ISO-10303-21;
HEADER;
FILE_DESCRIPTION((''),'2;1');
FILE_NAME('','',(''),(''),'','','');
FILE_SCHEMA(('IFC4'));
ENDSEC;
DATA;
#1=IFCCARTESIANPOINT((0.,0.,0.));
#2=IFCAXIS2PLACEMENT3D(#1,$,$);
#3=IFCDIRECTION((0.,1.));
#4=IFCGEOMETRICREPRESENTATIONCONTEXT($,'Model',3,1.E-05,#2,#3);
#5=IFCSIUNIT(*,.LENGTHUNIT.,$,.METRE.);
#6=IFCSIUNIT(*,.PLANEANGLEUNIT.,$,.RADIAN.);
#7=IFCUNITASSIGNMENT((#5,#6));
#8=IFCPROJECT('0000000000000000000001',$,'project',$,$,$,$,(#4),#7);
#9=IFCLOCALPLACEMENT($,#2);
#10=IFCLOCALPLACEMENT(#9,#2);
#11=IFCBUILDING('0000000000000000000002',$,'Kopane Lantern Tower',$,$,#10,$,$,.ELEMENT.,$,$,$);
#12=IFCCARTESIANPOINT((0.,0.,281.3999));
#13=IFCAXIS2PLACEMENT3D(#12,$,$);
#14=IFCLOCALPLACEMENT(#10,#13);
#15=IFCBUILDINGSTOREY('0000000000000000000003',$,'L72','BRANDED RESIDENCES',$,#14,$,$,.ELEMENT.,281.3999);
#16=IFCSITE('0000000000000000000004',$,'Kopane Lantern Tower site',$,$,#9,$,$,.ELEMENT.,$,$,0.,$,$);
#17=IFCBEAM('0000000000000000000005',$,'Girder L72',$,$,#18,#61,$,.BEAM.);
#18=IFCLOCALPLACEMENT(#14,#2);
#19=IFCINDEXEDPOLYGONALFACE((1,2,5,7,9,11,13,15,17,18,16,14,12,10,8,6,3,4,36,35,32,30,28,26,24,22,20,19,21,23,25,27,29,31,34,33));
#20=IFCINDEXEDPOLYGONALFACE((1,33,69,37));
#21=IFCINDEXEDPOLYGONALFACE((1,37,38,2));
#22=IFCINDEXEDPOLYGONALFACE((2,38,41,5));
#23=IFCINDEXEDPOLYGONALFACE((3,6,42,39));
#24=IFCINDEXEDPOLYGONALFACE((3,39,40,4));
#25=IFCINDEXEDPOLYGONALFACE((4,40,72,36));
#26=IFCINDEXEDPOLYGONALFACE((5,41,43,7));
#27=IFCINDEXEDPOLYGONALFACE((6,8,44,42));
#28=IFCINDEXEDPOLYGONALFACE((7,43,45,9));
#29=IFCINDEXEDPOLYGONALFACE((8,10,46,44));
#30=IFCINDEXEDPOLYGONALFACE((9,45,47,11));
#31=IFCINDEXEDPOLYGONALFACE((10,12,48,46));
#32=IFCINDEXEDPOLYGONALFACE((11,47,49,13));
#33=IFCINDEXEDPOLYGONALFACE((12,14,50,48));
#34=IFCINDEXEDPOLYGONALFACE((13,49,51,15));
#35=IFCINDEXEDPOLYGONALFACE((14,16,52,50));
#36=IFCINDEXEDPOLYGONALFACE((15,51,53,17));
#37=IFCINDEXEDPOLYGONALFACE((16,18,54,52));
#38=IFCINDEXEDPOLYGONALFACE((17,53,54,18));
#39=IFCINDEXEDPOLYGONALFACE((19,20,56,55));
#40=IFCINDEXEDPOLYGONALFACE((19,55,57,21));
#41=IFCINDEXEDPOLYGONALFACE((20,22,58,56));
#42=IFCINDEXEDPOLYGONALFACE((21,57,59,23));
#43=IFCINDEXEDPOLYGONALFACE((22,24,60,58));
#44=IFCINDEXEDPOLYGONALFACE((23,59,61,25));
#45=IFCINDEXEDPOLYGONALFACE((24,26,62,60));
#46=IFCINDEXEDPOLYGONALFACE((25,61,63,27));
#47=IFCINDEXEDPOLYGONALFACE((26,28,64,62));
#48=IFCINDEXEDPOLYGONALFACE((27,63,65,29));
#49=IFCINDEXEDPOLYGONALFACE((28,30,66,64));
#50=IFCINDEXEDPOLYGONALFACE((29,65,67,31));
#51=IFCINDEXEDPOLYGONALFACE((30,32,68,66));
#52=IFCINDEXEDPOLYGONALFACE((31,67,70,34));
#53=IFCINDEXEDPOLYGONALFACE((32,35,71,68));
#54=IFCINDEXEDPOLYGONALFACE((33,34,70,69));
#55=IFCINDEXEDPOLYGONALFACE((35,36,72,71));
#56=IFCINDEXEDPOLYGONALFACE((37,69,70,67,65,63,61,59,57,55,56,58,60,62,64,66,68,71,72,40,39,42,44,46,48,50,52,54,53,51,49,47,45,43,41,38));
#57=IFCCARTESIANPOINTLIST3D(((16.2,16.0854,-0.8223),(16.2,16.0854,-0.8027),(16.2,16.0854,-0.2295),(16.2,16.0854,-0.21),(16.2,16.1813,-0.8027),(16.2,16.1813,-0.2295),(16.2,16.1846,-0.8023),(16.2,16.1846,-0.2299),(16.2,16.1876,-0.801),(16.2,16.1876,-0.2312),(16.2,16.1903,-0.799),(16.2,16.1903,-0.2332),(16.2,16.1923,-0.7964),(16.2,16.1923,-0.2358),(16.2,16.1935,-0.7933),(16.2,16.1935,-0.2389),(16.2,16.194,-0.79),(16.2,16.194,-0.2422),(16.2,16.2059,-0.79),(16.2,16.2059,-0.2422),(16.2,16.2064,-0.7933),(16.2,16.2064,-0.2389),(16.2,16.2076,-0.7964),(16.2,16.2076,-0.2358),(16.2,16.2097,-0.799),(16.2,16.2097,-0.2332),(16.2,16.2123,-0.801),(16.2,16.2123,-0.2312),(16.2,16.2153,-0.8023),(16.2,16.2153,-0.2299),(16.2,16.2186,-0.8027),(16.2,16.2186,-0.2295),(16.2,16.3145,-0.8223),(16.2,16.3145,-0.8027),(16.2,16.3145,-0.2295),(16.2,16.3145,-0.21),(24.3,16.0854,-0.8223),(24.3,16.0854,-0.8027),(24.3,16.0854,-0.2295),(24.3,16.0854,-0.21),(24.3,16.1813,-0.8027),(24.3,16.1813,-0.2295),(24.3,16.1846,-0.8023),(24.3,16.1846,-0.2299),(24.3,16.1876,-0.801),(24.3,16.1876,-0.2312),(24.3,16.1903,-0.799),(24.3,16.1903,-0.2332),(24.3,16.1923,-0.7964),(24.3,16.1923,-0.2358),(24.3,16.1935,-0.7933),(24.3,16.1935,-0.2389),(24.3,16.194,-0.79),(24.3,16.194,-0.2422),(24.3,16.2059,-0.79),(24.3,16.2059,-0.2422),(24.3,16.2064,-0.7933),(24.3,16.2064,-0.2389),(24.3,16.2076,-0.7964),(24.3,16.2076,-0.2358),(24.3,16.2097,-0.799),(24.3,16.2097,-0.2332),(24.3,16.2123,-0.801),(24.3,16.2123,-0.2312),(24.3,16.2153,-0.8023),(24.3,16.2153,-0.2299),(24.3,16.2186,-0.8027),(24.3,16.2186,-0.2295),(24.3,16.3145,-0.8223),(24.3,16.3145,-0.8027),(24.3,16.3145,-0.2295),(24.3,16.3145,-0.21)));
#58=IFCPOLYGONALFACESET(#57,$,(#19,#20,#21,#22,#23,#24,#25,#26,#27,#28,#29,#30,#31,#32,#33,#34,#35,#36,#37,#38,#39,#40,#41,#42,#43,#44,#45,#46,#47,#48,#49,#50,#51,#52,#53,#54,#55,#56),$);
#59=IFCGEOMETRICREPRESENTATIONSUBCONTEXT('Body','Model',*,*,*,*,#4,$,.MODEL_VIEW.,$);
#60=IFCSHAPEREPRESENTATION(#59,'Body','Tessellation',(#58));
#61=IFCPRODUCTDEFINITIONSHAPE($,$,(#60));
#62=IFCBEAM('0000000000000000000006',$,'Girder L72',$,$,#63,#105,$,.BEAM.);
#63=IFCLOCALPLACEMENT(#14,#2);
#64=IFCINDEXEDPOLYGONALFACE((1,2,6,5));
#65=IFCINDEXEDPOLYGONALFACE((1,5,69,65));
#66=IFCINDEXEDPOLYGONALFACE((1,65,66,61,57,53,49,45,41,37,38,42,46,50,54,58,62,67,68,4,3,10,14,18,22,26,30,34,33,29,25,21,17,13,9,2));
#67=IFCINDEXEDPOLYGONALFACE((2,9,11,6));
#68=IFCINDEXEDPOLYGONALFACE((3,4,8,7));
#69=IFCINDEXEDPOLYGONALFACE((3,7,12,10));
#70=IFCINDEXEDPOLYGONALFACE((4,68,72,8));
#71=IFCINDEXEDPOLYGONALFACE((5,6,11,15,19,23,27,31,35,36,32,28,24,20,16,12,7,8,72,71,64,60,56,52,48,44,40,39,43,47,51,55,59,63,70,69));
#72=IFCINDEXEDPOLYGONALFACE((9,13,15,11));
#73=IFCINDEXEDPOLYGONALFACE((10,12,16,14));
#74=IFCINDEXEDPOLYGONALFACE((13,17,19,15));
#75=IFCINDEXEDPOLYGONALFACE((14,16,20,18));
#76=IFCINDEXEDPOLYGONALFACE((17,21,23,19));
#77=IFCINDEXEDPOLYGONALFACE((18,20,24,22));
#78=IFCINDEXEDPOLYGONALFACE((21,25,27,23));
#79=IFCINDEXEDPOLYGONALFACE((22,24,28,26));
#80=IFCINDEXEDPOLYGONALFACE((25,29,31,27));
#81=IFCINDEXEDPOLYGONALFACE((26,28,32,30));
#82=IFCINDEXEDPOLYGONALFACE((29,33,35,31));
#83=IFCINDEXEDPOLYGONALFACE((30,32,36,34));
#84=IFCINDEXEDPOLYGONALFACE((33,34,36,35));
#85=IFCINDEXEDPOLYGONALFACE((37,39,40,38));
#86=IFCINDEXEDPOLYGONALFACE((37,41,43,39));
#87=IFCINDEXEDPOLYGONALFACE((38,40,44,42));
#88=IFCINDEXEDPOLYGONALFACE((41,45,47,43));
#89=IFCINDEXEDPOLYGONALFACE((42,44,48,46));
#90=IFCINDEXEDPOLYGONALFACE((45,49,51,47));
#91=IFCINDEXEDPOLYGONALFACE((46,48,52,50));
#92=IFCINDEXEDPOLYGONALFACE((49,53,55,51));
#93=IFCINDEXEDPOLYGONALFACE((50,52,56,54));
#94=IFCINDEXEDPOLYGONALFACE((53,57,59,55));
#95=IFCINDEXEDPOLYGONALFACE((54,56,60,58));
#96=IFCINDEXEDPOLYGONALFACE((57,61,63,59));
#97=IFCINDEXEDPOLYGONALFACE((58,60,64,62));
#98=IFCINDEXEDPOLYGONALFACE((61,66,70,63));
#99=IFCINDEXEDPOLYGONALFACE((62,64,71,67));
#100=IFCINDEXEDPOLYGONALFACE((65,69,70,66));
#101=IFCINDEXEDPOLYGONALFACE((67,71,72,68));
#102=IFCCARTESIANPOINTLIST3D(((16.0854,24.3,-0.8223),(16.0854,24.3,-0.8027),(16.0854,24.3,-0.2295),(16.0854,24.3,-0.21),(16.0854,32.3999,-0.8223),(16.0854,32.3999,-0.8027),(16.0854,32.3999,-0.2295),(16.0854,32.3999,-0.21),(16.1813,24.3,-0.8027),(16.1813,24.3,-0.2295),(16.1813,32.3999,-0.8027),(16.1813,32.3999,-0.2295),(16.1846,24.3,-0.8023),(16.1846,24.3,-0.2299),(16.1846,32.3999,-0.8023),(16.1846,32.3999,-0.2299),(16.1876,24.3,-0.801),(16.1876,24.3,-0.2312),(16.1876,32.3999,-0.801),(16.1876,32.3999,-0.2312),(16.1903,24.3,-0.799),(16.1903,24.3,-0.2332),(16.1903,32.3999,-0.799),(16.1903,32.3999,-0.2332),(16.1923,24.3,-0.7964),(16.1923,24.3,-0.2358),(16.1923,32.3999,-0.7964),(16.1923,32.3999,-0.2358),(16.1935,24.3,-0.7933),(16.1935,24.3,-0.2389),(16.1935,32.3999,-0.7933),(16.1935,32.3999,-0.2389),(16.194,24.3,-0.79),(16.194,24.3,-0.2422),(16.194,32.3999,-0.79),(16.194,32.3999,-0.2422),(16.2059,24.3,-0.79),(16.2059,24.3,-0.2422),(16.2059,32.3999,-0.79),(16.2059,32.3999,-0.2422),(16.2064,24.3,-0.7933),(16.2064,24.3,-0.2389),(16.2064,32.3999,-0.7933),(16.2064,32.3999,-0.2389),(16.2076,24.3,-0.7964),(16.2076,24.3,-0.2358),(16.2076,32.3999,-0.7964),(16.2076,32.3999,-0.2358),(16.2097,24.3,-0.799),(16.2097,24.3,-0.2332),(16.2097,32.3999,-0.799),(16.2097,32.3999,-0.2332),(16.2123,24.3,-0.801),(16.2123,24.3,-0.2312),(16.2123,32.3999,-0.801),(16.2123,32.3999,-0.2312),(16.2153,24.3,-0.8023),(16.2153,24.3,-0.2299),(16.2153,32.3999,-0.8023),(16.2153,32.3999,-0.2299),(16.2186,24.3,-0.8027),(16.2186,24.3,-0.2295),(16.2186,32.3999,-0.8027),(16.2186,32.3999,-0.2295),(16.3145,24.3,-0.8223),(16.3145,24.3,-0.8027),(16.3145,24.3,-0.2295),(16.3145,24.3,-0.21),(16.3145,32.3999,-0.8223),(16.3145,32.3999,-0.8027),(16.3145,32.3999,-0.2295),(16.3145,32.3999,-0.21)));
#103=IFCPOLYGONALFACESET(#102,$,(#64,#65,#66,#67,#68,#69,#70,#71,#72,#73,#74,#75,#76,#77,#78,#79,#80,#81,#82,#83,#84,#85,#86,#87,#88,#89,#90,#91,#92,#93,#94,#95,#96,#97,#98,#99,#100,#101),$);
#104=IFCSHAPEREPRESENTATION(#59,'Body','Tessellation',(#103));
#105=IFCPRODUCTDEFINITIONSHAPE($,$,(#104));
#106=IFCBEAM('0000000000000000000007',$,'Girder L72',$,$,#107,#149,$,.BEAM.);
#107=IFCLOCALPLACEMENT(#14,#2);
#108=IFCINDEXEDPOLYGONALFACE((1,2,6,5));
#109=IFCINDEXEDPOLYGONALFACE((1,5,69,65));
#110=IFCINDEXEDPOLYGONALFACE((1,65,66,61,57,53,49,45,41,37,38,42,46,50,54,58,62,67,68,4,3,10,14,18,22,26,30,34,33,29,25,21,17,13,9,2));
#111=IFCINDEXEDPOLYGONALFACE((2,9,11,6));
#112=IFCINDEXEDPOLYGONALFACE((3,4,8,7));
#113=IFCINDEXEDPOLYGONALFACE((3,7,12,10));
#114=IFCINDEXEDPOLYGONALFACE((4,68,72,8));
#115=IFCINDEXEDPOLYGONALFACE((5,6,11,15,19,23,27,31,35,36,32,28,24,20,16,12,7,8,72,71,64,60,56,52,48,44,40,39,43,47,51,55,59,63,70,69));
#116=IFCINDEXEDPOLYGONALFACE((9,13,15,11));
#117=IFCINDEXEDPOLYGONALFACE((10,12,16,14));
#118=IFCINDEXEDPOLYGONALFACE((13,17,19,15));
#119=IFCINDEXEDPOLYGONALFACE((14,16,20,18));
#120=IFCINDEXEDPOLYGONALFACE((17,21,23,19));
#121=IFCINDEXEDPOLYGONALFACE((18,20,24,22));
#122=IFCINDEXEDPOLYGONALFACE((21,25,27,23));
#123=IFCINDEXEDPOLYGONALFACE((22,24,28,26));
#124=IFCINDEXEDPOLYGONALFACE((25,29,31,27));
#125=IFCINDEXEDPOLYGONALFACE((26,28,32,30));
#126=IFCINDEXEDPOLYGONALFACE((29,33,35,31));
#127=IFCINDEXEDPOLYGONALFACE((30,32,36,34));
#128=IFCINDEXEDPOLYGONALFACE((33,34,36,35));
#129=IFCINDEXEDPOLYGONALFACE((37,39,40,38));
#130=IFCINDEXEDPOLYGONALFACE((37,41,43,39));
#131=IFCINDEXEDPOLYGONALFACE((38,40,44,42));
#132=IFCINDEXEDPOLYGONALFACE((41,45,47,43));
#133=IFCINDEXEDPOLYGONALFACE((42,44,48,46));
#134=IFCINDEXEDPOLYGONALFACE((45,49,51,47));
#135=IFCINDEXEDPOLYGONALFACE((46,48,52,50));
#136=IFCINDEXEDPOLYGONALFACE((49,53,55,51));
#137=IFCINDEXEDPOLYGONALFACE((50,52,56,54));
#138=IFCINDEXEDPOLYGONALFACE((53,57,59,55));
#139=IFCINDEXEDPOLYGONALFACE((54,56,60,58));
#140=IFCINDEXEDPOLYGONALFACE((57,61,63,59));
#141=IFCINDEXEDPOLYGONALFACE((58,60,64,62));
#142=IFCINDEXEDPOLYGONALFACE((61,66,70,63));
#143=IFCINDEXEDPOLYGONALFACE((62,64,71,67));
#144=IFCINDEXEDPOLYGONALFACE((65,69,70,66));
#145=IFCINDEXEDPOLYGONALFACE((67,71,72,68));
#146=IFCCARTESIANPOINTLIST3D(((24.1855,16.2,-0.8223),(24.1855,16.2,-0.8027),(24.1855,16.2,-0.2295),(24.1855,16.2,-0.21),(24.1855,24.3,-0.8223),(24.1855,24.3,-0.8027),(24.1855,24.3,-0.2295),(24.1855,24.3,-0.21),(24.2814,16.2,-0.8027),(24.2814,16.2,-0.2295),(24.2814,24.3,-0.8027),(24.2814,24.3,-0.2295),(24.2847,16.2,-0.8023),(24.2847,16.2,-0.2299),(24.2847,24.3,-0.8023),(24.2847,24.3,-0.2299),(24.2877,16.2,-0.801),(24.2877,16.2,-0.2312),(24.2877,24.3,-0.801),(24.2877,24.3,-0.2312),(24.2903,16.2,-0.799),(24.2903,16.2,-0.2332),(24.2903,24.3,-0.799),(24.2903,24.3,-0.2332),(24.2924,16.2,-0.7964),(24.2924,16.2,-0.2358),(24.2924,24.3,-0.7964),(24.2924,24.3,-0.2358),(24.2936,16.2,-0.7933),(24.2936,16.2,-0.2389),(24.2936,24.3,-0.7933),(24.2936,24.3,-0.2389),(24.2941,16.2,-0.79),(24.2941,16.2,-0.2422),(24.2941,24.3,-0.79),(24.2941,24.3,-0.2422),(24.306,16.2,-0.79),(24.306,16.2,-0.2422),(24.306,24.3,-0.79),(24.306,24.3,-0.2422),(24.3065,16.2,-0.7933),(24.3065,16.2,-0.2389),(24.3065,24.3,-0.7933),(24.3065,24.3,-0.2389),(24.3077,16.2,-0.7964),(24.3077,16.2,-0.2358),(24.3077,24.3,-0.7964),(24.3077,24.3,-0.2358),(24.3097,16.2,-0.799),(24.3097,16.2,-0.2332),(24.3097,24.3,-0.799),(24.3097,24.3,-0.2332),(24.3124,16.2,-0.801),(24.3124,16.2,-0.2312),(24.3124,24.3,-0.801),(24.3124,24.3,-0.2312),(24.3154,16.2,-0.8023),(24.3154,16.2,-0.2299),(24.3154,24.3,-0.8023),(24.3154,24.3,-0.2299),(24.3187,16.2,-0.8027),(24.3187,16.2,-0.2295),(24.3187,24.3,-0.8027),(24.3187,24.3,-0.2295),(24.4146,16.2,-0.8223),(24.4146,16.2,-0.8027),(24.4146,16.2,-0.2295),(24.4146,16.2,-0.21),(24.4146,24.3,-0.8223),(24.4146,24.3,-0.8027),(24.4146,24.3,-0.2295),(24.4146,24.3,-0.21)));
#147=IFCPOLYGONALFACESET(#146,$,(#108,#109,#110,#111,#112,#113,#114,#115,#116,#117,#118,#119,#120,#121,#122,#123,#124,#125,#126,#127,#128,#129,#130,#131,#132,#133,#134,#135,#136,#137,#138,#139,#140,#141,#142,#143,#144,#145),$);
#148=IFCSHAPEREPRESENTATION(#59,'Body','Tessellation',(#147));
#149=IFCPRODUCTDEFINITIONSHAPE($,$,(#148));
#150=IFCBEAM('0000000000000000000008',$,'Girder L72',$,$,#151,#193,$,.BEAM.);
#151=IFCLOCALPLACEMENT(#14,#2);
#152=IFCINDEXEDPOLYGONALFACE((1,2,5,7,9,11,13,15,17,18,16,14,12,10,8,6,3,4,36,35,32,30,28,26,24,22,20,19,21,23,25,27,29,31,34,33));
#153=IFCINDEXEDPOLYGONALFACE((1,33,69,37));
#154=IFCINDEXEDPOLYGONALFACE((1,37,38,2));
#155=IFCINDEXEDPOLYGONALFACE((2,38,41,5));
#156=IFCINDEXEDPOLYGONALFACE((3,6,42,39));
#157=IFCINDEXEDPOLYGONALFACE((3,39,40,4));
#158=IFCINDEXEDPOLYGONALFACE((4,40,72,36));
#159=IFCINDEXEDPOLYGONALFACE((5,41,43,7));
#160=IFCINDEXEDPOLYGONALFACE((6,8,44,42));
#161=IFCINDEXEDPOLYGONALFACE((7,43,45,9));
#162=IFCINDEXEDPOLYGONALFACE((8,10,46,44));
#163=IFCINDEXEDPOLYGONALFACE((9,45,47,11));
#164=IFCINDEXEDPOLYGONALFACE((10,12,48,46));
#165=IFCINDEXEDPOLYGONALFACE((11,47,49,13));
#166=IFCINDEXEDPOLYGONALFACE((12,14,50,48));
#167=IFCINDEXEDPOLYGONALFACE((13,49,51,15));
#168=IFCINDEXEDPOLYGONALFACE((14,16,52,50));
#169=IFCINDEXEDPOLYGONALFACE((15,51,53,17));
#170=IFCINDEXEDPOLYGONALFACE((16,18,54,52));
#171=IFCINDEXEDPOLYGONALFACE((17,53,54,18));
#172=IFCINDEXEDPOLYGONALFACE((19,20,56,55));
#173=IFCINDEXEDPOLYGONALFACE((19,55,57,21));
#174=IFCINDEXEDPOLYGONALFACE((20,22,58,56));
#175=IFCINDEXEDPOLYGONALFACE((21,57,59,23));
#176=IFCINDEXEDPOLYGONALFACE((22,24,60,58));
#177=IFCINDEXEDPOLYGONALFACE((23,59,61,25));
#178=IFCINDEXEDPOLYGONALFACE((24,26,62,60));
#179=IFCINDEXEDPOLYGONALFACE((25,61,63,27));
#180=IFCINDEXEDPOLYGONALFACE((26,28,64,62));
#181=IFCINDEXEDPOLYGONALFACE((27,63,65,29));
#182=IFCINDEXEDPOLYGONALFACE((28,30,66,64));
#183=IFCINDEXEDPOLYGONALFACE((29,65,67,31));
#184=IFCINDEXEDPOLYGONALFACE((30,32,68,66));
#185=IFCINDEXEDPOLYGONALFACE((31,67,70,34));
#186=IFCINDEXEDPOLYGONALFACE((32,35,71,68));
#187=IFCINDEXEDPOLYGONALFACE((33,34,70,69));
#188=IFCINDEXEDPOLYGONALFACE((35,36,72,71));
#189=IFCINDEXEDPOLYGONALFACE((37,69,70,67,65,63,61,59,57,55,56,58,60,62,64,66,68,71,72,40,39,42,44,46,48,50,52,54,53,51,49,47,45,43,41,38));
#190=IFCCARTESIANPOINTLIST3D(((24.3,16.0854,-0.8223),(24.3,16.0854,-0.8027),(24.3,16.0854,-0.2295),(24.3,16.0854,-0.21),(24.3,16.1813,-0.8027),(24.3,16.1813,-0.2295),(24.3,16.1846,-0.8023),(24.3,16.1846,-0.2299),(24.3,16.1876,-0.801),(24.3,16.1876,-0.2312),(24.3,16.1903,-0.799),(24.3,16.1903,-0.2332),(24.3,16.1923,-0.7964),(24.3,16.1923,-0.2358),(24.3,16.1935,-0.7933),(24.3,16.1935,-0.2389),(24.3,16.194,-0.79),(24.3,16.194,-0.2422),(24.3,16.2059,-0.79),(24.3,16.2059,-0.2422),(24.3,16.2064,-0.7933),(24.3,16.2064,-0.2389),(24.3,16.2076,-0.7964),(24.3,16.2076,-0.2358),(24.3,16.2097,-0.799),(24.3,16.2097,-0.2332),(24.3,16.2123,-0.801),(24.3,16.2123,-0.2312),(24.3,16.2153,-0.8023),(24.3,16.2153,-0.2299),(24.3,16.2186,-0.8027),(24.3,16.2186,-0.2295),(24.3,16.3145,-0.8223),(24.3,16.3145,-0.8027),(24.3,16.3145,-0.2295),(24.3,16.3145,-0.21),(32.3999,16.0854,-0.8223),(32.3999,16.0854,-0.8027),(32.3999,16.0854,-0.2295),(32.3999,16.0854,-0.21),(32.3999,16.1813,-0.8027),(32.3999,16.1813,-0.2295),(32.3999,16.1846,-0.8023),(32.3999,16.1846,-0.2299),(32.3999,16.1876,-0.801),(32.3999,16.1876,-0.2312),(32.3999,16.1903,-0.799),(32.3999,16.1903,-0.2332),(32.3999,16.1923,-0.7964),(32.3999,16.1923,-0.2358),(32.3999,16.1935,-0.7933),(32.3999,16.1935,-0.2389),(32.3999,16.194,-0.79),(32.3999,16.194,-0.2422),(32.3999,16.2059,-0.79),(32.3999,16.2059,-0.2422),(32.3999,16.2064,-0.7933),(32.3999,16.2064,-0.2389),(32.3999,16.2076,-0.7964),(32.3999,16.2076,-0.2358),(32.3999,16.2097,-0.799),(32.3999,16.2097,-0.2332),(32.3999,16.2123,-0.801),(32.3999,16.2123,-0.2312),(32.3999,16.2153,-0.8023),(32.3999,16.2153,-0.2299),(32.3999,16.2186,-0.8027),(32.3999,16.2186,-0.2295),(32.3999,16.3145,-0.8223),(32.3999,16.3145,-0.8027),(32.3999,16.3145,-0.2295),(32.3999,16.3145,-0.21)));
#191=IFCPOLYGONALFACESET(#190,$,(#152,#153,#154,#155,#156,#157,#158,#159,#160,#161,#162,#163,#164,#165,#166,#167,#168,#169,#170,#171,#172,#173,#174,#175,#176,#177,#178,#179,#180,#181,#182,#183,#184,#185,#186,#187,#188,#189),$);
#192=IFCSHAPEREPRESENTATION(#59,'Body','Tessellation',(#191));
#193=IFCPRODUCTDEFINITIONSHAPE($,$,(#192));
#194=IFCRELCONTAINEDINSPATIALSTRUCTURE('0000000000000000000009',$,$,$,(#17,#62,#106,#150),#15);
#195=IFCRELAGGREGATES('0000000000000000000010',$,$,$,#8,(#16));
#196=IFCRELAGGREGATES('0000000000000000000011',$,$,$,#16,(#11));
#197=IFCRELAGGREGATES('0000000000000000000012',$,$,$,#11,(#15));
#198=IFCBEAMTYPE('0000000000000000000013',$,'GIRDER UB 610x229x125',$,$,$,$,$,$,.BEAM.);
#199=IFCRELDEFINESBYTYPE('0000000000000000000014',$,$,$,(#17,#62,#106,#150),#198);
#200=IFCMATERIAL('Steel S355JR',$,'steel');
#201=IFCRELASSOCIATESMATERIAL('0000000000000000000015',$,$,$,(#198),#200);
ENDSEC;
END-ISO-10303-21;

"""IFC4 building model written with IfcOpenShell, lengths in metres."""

from ifc_helpers import new_model, si_unit, direction, frame, origin, origin_2d, place, context, subcontext, project, spatial, i_section, extrude, material, material_profile, profile_set, type_object, element, save


model = new_model("IFC4")

# Units and contexts
model_context = context("Model", 3, precision=1e-05, world=origin(), true_north=direction((0.0, 1.0)))
body_context = subcontext(model_context, "Body", "Model", "MODEL_VIEW")
ifc_project = project(units=[si_unit("LENGTHUNIT", "METRE"), si_unit("PLANEANGLEUNIT", "RADIAN")], contexts=[model_context])

# Site, building, storey
site_placement = place(None, origin())
site = spatial("IfcSite", under=ifc_project, at=site_placement, Name="Kopane Lantern Tower site", CompositionType="ELEMENT", RefElevation=0.0)
building_placement = place(site_placement, origin())
building = spatial("IfcBuilding", under=site, at=building_placement, Name="Kopane Lantern Tower", CompositionType="ELEMENT")
storey_placement = place(building_placement, frame((0.0, 0.0, 281.3999)))
storey = spatial("IfcBuildingStorey", under=building, at=storey_placement, Name="L72", Description="BRANDED RESIDENCES", CompositionType="ELEMENT", Elevation=281.3999)

# Beams
ifc_material_1 = material(Name="Steel S355JR", Category="steel")
ifc_material_profile_1 = material_profile(ifc_material_1, i_section(OverallWidth=0.229, OverallDepth=0.6123, WebThickness=0.012, FlangeThickness=0.0195, FilletRadius=0.0127, at=origin_2d()), Name="UB 610x229x125")
ifc_profile_set_1 = profile_set([ifc_material_profile_1], Name="Steel S355JR")
beam_type = type_object("IfcBeamType", Name="GIRDER UB 610x229x125", PredefinedType="BEAM", material=ifc_profile_set_1)
for number, where, z_axis, x_axis, name in (
    (1, (16.2, 16.2, -0.5161), (1.0, 0.0, 0.0), (0.0, 1.0, 0.0), "Girder L72"),
):
    element("IfcBeam", number, at=place(storey_placement, frame(where, z_axis=z_axis, x_axis=x_axis)), inside=storey, type_object=beam_type, Name=name, PredefinedType="BEAM", context=body_context, shape_type="SweptSolid", body=[
        extrude(i_section(OverallWidth=0.229, OverallDepth=0.6123, WebThickness=0.012, FlangeThickness=0.0195, FilletRadius=0.0127, at=origin_2d()), origin(), (0.0, 0.0, 1.0), 8.1001),
    ])
beam_1_placement = place(storey_placement, frame((16.2, 24.3, -0.5161), z_axis=(0.0, 1.0, 0.0), x_axis=(-1.0, 0.0, 0.0)))
element("IfcBeam", 2, at=beam_1_placement, inside=storey, type_object=beam_type, Name="Girder L72", PredefinedType="BEAM", context=body_context, shape_type="SweptSolid", body=[
    extrude(i_section(OverallWidth=0.229, OverallDepth=0.6123, WebThickness=0.012, FlangeThickness=0.0195, FilletRadius=0.0127, at=origin_2d()), origin(), (0.0, 0.0, 1.0), 8.0999),
])
beam_2_placement = place(storey_placement, frame((24.3, 16.2, -0.5161), z_axis=(0.0, 1.0, 0.0), x_axis=(-1.0, 0.0, 0.0)))
element("IfcBeam", 3, at=beam_2_placement, inside=storey, type_object=beam_type, Name="Girder L72", PredefinedType="BEAM", context=body_context, shape_type="SweptSolid", body=[
    extrude(i_section(OverallWidth=0.229, OverallDepth=0.6123, WebThickness=0.012, FlangeThickness=0.0195, FilletRadius=0.0127, at=origin_2d()), origin(), (0.0, 0.0, 1.0), 8.1001),
])
beam_3_placement = place(storey_placement, frame((24.3, 16.2, -0.5161), z_axis=(1.0, 0.0, 0.0), x_axis=(0.0, 1.0, 0.0)))
element("IfcBeam", 4, at=beam_3_placement, inside=storey, type_object=beam_type, Name="Girder L72", PredefinedType="BEAM", context=body_context, shape_type="SweptSolid", body=[
    extrude(i_section(OverallWidth=0.229, OverallDepth=0.6123, WebThickness=0.012, FlangeThickness=0.0195, FilletRadius=0.0127, at=origin_2d()), origin(), (0.0, 0.0, 1.0), 8.0999),
])

save(model, "model.ifc")
